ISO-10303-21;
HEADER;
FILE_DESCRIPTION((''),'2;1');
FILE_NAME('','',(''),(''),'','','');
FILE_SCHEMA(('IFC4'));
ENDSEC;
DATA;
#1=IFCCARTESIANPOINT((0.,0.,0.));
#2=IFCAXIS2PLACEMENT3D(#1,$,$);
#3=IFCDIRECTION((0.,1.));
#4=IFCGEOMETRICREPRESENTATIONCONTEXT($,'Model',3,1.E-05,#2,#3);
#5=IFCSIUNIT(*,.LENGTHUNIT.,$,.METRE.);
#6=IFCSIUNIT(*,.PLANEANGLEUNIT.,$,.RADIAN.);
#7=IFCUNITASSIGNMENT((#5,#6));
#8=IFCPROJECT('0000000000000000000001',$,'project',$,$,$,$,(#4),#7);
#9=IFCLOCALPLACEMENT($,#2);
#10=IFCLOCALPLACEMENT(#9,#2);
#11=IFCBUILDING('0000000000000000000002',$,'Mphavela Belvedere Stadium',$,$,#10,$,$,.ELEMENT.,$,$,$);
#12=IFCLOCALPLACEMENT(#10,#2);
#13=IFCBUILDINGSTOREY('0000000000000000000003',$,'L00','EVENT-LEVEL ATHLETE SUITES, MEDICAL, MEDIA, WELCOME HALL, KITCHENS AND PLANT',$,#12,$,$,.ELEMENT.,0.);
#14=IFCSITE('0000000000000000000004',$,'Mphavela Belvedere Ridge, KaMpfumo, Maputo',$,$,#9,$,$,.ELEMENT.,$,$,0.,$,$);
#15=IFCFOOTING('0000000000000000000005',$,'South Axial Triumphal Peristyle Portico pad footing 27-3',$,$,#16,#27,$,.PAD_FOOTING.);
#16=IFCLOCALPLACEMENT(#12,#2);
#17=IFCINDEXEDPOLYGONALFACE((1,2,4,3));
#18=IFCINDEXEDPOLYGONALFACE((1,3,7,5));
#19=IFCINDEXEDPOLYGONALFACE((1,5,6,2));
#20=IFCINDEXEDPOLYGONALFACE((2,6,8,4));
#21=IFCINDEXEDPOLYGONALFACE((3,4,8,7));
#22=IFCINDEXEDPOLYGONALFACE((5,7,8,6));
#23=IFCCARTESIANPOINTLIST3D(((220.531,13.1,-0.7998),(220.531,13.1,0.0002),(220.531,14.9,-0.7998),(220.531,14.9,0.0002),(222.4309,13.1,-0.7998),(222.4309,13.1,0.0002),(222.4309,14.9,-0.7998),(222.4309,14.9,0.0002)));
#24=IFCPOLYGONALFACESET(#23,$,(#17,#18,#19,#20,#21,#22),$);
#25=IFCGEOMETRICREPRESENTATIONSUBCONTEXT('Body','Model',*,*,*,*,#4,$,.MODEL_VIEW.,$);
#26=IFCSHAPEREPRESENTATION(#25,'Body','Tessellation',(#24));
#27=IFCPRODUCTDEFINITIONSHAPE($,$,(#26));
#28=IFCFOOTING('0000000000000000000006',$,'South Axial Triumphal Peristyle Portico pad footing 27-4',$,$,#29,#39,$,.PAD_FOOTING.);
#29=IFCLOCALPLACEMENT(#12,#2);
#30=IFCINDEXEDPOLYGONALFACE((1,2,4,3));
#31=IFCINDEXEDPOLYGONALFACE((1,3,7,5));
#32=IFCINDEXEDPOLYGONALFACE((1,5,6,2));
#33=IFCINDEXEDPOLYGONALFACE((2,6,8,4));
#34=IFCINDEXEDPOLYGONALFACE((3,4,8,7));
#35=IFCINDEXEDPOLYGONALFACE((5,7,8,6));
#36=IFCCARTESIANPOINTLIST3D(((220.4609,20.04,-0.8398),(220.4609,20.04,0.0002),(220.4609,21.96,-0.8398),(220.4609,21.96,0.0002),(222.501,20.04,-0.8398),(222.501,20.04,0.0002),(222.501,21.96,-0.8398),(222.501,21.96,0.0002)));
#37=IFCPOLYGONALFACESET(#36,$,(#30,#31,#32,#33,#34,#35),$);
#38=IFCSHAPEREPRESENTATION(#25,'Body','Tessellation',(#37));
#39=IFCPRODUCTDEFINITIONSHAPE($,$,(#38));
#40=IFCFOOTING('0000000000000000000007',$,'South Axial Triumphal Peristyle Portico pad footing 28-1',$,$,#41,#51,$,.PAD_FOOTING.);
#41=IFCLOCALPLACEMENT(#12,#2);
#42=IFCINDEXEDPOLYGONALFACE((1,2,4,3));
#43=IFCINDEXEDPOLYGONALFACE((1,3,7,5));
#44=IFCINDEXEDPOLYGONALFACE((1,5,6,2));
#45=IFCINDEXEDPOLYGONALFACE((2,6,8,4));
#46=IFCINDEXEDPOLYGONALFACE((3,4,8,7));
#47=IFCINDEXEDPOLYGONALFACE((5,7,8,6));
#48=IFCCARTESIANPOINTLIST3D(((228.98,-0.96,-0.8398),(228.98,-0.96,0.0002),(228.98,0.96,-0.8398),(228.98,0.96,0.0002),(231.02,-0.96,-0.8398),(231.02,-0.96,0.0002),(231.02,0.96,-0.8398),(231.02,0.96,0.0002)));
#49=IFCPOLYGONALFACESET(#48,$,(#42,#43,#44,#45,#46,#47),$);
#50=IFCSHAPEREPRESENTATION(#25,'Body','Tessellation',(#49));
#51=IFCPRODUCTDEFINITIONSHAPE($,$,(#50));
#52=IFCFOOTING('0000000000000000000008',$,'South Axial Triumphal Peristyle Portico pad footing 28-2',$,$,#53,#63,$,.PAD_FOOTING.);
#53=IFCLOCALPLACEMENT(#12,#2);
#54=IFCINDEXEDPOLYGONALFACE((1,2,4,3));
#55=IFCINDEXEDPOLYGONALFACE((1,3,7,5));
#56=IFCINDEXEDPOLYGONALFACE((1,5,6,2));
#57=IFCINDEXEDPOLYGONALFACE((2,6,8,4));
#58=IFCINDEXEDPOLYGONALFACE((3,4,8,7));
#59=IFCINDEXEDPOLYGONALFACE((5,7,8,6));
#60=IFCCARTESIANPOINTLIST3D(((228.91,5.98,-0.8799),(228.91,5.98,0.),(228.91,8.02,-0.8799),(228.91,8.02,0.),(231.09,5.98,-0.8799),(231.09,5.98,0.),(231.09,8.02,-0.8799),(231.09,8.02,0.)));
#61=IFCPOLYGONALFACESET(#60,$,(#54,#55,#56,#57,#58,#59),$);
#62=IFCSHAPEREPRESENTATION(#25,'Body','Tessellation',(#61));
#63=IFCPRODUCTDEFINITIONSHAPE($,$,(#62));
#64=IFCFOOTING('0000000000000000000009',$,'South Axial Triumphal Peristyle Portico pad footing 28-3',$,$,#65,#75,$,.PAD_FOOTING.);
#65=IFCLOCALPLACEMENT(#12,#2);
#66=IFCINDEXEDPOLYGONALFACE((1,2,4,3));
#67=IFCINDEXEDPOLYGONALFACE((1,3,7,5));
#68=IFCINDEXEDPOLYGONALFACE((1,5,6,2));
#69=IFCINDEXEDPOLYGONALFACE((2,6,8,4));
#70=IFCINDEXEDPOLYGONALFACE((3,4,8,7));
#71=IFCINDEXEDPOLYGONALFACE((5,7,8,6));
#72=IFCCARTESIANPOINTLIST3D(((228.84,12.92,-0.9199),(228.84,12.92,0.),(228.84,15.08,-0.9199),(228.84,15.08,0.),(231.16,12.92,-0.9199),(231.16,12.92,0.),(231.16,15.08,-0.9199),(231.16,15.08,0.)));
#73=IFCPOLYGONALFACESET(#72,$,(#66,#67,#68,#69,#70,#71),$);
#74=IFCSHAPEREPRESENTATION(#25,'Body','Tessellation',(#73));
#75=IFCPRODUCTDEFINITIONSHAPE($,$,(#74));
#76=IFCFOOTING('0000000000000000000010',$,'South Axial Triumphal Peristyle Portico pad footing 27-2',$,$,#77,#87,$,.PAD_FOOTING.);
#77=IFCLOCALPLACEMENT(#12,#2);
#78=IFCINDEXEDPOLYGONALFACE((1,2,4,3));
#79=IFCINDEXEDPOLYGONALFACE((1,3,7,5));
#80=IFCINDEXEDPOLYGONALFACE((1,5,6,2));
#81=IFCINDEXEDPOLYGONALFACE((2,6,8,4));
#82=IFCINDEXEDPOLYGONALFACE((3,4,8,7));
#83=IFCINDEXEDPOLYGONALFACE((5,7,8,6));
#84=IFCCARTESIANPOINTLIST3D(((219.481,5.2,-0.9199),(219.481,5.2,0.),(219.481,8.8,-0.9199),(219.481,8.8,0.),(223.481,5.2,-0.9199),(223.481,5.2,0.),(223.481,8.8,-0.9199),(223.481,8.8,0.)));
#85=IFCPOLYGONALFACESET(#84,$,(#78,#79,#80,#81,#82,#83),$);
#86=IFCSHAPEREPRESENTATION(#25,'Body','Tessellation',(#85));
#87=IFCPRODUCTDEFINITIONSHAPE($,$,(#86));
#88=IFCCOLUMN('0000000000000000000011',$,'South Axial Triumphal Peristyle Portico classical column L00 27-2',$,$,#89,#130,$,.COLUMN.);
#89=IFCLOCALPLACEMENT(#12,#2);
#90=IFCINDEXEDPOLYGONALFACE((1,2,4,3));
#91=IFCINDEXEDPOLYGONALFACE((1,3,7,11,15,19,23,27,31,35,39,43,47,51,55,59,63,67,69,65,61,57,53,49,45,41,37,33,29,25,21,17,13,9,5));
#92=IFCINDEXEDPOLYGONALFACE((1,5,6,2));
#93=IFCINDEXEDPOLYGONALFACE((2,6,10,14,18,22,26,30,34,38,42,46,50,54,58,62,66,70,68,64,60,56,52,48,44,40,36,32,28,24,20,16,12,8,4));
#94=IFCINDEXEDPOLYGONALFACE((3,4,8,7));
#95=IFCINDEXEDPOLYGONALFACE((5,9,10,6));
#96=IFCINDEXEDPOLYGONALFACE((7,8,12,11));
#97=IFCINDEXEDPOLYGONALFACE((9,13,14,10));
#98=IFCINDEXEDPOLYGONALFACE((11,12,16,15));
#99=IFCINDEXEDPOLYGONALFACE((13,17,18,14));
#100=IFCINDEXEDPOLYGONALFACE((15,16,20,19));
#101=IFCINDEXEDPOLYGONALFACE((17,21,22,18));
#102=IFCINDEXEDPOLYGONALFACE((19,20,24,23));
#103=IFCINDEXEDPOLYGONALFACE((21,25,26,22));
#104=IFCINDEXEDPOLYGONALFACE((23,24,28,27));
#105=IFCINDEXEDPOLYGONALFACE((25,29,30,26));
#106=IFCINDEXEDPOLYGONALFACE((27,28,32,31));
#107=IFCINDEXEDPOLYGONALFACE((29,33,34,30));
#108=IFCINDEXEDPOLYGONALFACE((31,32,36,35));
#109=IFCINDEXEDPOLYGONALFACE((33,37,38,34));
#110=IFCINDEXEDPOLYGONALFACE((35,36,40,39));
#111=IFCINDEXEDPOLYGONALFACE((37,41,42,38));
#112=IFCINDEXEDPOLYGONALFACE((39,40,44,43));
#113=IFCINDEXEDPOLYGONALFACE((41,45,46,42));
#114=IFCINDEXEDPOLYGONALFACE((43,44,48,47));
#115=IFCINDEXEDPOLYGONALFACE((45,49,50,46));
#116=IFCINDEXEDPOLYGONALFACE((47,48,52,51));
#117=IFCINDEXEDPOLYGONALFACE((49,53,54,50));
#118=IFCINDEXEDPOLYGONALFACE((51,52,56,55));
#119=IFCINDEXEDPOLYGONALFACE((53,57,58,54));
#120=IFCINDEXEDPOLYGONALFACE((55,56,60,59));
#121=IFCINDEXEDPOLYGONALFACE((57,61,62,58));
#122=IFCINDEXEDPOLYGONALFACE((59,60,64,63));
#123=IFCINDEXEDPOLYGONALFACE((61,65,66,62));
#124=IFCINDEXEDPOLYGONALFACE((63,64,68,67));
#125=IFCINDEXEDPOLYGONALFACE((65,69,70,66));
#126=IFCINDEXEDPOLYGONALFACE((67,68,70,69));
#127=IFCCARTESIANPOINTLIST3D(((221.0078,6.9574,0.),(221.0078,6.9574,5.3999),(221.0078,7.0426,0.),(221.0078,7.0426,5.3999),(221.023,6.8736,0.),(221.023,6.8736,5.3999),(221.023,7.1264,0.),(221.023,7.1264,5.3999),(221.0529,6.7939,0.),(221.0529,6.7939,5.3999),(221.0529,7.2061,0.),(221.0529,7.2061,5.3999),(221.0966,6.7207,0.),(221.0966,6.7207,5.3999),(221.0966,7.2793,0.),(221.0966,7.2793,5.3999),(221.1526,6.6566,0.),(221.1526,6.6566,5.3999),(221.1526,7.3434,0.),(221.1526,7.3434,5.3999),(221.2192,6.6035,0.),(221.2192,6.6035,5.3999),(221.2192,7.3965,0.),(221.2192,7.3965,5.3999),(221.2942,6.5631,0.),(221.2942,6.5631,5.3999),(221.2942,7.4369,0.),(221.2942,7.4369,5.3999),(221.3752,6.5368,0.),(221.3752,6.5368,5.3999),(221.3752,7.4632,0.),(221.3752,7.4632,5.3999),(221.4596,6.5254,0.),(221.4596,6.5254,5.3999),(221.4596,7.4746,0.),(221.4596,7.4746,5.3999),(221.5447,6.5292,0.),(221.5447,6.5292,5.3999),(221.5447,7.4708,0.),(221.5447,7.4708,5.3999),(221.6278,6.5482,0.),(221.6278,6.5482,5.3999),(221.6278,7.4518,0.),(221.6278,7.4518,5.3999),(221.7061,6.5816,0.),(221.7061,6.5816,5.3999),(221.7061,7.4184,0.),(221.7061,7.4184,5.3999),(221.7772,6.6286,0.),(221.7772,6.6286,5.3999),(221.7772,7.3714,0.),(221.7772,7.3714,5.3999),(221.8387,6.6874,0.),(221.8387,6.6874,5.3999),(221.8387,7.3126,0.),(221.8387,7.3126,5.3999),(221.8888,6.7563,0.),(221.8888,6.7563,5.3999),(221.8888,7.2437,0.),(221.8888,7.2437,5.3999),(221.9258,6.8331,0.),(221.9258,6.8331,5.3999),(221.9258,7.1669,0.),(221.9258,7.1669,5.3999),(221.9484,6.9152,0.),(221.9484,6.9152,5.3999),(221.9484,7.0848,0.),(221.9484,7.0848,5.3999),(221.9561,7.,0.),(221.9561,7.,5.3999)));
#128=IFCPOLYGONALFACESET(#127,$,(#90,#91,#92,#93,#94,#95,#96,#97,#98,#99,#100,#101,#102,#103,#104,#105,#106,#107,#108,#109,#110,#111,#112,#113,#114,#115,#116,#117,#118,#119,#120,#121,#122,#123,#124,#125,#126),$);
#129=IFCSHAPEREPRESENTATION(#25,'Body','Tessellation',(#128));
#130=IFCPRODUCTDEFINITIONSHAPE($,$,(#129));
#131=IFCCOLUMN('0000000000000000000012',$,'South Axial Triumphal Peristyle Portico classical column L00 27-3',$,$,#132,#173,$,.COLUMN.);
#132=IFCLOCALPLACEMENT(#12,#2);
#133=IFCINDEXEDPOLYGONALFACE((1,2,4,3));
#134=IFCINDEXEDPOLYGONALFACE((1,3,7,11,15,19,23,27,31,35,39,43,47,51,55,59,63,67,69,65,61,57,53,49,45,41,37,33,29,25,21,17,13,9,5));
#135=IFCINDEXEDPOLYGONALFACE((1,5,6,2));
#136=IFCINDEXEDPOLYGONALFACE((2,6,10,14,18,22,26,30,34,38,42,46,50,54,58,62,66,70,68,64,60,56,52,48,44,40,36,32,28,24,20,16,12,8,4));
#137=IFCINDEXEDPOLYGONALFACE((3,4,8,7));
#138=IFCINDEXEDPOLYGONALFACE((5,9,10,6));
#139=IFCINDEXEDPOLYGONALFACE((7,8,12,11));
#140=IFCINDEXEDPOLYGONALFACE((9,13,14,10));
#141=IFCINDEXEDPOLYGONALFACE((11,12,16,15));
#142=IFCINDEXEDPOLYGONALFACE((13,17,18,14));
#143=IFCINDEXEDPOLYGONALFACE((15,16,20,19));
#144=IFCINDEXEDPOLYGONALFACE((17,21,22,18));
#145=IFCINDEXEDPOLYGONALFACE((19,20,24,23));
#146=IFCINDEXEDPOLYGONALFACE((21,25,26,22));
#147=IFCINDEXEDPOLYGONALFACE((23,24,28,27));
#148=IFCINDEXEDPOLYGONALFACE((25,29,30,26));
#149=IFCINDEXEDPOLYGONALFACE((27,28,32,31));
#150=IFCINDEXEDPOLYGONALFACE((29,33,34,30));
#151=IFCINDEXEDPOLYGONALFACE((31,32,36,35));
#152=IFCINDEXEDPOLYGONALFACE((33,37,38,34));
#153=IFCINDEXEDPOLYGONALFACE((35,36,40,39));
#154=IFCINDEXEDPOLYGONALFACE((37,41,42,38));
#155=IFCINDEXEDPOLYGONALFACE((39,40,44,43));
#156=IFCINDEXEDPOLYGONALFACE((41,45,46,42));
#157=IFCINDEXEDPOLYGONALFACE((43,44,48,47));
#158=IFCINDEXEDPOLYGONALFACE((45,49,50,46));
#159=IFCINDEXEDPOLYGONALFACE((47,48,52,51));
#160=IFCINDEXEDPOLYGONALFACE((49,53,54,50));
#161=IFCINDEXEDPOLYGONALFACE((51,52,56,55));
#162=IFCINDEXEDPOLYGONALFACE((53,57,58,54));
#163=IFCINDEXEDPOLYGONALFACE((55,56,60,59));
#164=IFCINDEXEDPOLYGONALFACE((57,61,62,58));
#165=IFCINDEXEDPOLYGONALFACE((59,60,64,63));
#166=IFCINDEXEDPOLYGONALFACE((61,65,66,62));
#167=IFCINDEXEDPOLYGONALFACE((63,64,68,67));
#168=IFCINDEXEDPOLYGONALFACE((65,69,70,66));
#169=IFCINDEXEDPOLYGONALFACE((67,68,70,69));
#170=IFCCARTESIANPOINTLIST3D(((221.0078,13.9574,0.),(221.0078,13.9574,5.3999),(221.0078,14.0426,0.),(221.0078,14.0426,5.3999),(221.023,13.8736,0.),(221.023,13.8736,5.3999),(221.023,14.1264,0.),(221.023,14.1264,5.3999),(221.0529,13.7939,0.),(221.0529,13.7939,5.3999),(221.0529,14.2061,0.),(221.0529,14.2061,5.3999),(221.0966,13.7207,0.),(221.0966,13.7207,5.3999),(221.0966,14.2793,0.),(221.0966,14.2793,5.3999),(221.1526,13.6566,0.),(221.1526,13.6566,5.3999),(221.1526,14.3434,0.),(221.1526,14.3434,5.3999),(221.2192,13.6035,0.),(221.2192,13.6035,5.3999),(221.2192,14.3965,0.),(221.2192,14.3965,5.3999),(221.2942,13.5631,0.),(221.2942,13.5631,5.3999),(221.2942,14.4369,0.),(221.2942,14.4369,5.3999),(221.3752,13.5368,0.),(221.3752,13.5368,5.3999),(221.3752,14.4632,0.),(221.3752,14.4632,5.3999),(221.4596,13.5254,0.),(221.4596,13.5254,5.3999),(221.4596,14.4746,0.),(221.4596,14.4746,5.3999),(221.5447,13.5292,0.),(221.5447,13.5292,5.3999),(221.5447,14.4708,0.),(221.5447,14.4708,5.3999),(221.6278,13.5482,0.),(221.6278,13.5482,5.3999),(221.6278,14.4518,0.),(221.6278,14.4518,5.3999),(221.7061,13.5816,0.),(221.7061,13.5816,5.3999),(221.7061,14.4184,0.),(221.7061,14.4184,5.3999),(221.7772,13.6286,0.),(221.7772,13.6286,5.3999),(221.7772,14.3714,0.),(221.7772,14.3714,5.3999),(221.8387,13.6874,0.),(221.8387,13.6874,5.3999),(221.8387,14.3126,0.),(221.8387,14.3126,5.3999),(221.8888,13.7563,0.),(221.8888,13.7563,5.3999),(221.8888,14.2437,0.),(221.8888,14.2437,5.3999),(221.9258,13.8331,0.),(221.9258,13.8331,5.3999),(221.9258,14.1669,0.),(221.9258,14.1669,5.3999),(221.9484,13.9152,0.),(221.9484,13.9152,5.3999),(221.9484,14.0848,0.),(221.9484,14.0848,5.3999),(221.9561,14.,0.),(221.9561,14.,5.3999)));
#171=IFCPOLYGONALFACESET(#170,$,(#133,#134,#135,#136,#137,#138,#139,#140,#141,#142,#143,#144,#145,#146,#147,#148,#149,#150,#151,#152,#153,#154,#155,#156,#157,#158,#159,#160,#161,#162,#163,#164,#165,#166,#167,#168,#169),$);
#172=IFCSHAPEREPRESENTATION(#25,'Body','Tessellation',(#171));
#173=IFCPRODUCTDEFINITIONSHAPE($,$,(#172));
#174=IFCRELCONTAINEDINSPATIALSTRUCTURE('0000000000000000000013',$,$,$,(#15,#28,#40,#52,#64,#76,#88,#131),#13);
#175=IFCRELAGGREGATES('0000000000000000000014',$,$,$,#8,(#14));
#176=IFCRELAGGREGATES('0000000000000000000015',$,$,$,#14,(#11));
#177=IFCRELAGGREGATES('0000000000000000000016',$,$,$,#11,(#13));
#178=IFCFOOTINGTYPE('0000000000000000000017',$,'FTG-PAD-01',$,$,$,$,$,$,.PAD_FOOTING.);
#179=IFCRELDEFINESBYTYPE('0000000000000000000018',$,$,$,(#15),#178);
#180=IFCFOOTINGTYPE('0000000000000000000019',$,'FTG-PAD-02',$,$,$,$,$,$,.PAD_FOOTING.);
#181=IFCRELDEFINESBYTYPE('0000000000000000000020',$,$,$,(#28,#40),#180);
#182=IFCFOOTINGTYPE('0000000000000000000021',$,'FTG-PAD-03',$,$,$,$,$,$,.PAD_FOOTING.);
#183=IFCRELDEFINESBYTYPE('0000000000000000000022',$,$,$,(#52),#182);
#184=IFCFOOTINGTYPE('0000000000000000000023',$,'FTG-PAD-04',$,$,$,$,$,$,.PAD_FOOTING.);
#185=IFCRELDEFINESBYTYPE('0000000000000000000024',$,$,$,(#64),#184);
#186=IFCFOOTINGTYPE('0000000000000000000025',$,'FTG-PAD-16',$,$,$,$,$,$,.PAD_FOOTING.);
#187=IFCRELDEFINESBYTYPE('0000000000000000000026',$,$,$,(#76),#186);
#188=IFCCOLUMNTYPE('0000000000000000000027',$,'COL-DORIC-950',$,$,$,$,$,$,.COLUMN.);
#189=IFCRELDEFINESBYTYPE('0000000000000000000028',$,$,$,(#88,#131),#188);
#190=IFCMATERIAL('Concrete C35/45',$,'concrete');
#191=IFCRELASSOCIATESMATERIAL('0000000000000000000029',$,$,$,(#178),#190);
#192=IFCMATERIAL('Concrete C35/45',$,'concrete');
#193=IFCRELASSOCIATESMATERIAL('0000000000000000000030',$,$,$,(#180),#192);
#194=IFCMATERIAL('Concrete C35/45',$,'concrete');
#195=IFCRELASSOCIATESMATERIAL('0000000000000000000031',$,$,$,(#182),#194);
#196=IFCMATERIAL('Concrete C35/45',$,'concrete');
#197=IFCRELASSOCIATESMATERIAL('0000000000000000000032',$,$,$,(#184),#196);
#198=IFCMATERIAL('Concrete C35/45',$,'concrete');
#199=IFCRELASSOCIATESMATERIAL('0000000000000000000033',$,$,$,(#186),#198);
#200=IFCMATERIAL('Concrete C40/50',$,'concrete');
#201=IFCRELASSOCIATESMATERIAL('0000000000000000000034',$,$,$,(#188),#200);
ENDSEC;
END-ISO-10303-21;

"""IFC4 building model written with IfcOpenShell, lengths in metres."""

from ifc_helpers import new_model, si_unit, direction, frame, origin, origin_2d, place, context, subcontext, project, spatial, rectangle, circle, extrude, material, material_profile, profile_set, type_object, element, save


model = new_model("IFC4")

# Units and contexts
model_context = context("Model", 3, precision=1e-05, world=origin(), true_north=direction((0.0, 1.0)))
body_context = subcontext(model_context, "Body", "Model", "MODEL_VIEW")
ifc_project = project(units=[si_unit("LENGTHUNIT", "METRE"), si_unit("PLANEANGLEUNIT", "RADIAN")], contexts=[model_context])

# Site, building, storey
site_placement = place(None, origin())
site = spatial("IfcSite", under=ifc_project, at=site_placement, Name="Mphavela Belvedere Ridge, KaMpfumo, Maputo", CompositionType="ELEMENT", RefElevation=0.0)
building_placement = place(site_placement, origin())
building = spatial("IfcBuilding", under=site, at=building_placement, Name="Mphavela Belvedere Stadium", CompositionType="ELEMENT")
storey_placement = place(building_placement, origin())
storey = spatial("IfcBuildingStorey", under=building, at=storey_placement, Name="L00", Description="EVENT-LEVEL ATHLETE SUITES, MEDICAL, MEDIA, WELCOME HALL, KITCHENS AND PLANT", CompositionType="ELEMENT", Elevation=0.0)

# Footings
ifc_material_1 = material(Name="Concrete C35/45", Category="concrete")
footing_type_1 = type_object("IfcFootingType", Name="FTG-PAD-01", PredefinedType="PAD_FOOTING", material=ifc_material_1)
footing_1_placement = place(storey_placement, frame((221.481, 14.0, -0.7998), z_axis=(0.0, 0.0, 1.0), x_axis=(1.0, 0.0, 0.0)))
element("IfcFooting", 1, at=footing_1_placement, inside=storey, type_object=footing_type_1, Name="South Axial Triumphal Peristyle Portico pad footing 27-3", PredefinedType="PAD_FOOTING", context=body_context, shape_type="SweptSolid", body=[
    extrude(rectangle(XDim=1.8999, YDim=1.8, at=origin_2d()), origin(), (0.0, 0.0, 1.0), 0.8),
])
ifc_material_2 = material(Name="Concrete C35/45", Category="concrete")
footing_type_2 = type_object("IfcFootingType", Name="FTG-PAD-02", PredefinedType="PAD_FOOTING", material=ifc_material_2)
for number, where, z_axis, x_axis, name in (
    (2, (221.481, 21.0, -0.8398), (0.0, 0.0, 1.0), (1.0, 0.0, 0.0), "South Axial Triumphal Peristyle Portico pad footing 27-4"),
    (3, (230.0, 0.0, -0.8398), (0.0, 0.0, 1.0), (1.0, 0.0, 0.0), "South Axial Triumphal Peristyle Portico pad footing 28-1"),
):
    element("IfcFooting", number, at=place(storey_placement, frame(where, z_axis=z_axis, x_axis=x_axis)), inside=storey, type_object=footing_type_2, Name=name, PredefinedType="PAD_FOOTING", context=body_context, shape_type="SweptSolid", body=[
        extrude(rectangle(XDim=2.04, YDim=1.9199, at=origin_2d()), origin(), (0.0, 0.0, 1.0), 0.8401),
    ])
ifc_material_3 = material(Name="Concrete C35/45", Category="concrete")
footing_type_3 = type_object("IfcFootingType", Name="FTG-PAD-03", PredefinedType="PAD_FOOTING", material=ifc_material_3)
footing_2_placement = place(storey_placement, frame((230.0, 7.0, -0.8799), z_axis=(0.0, 0.0, 1.0), x_axis=(1.0, 0.0, 0.0)))
element("IfcFooting", 4, at=footing_2_placement, inside=storey, type_object=footing_type_3, Name="South Axial Triumphal Peristyle Portico pad footing 28-2", PredefinedType="PAD_FOOTING", context=body_context, shape_type="SweptSolid", body=[
    extrude(rectangle(XDim=2.1799, YDim=2.04, at=origin_2d()), origin(), (0.0, 0.0, 1.0), 0.8799),
])
ifc_material_4 = material(Name="Concrete C35/45", Category="concrete")
footing_type_4 = type_object("IfcFootingType", Name="FTG-PAD-04", PredefinedType="PAD_FOOTING", material=ifc_material_4)
footing_3_placement = place(storey_placement, frame((230.0, 14.0, -0.9199), z_axis=(0.0, 0.0, 1.0), x_axis=(1.0, 0.0, 0.0)))
element("IfcFooting", 5, at=footing_3_placement, inside=storey, type_object=footing_type_4, Name="South Axial Triumphal Peristyle Portico pad footing 28-3", PredefinedType="PAD_FOOTING", context=body_context, shape_type="SweptSolid", body=[
    extrude(rectangle(XDim=2.3201, YDim=2.1599, at=origin_2d()), origin(), (0.0, 0.0, 1.0), 0.9199),
])
ifc_material_5 = material(Name="Concrete C35/45", Category="concrete")
footing_type_5 = type_object("IfcFootingType", Name="FTG-PAD-16", PredefinedType="PAD_FOOTING", material=ifc_material_5)
footing_4_placement = place(storey_placement, frame((221.481, 7.0, -0.9199), z_axis=(0.0, 0.0, 1.0), x_axis=(1.0, 0.0, 0.0)))
element("IfcFooting", 6, at=footing_4_placement, inside=storey, type_object=footing_type_5, Name="South Axial Triumphal Peristyle Portico pad footing 27-2", PredefinedType="PAD_FOOTING", context=body_context, shape_type="SweptSolid", body=[
    extrude(rectangle(XDim=4.0, YDim=3.6001, at=origin_2d()), origin(), (0.0, 0.0, 1.0), 0.9199),
])

# Columns
ifc_material_6 = material(Name="Concrete C40/50", Category="concrete")
ifc_material_profile_1 = material_profile(ifc_material_6, circle(Radius=0.4751, at=origin_2d()), Name="COL D950")
ifc_profile_set_1 = profile_set([ifc_material_profile_1], Name="Concrete C40/50")
column_type = type_object("IfcColumnType", Name="COL-DORIC-950", PredefinedType="COLUMN", material=ifc_profile_set_1)
for number, where, z_axis, x_axis, name in (
    (7, (221.481, 7.0, 0.0), (0.0, 0.0, 1.0), (1.0, 0.0, 0.0), "South Axial Triumphal Peristyle Portico classical column L00 27-2"),
    (8, (221.481, 14.0, 0.0), (0.0, 0.0, 1.0), (1.0, 0.0, 0.0), "South Axial Triumphal Peristyle Portico classical column L00 27-3"),
):
    element("IfcColumn", number, at=place(storey_placement, frame(where, z_axis=z_axis, x_axis=x_axis)), inside=storey, type_object=column_type, Name=name, PredefinedType="COLUMN", context=body_context, shape_type="SweptSolid", body=[
        extrude(circle(Radius=0.4751, at=origin_2d()), origin(), (0.0, 0.0, 1.0), 5.3999),
    ])

save(model, "model.ifc")
